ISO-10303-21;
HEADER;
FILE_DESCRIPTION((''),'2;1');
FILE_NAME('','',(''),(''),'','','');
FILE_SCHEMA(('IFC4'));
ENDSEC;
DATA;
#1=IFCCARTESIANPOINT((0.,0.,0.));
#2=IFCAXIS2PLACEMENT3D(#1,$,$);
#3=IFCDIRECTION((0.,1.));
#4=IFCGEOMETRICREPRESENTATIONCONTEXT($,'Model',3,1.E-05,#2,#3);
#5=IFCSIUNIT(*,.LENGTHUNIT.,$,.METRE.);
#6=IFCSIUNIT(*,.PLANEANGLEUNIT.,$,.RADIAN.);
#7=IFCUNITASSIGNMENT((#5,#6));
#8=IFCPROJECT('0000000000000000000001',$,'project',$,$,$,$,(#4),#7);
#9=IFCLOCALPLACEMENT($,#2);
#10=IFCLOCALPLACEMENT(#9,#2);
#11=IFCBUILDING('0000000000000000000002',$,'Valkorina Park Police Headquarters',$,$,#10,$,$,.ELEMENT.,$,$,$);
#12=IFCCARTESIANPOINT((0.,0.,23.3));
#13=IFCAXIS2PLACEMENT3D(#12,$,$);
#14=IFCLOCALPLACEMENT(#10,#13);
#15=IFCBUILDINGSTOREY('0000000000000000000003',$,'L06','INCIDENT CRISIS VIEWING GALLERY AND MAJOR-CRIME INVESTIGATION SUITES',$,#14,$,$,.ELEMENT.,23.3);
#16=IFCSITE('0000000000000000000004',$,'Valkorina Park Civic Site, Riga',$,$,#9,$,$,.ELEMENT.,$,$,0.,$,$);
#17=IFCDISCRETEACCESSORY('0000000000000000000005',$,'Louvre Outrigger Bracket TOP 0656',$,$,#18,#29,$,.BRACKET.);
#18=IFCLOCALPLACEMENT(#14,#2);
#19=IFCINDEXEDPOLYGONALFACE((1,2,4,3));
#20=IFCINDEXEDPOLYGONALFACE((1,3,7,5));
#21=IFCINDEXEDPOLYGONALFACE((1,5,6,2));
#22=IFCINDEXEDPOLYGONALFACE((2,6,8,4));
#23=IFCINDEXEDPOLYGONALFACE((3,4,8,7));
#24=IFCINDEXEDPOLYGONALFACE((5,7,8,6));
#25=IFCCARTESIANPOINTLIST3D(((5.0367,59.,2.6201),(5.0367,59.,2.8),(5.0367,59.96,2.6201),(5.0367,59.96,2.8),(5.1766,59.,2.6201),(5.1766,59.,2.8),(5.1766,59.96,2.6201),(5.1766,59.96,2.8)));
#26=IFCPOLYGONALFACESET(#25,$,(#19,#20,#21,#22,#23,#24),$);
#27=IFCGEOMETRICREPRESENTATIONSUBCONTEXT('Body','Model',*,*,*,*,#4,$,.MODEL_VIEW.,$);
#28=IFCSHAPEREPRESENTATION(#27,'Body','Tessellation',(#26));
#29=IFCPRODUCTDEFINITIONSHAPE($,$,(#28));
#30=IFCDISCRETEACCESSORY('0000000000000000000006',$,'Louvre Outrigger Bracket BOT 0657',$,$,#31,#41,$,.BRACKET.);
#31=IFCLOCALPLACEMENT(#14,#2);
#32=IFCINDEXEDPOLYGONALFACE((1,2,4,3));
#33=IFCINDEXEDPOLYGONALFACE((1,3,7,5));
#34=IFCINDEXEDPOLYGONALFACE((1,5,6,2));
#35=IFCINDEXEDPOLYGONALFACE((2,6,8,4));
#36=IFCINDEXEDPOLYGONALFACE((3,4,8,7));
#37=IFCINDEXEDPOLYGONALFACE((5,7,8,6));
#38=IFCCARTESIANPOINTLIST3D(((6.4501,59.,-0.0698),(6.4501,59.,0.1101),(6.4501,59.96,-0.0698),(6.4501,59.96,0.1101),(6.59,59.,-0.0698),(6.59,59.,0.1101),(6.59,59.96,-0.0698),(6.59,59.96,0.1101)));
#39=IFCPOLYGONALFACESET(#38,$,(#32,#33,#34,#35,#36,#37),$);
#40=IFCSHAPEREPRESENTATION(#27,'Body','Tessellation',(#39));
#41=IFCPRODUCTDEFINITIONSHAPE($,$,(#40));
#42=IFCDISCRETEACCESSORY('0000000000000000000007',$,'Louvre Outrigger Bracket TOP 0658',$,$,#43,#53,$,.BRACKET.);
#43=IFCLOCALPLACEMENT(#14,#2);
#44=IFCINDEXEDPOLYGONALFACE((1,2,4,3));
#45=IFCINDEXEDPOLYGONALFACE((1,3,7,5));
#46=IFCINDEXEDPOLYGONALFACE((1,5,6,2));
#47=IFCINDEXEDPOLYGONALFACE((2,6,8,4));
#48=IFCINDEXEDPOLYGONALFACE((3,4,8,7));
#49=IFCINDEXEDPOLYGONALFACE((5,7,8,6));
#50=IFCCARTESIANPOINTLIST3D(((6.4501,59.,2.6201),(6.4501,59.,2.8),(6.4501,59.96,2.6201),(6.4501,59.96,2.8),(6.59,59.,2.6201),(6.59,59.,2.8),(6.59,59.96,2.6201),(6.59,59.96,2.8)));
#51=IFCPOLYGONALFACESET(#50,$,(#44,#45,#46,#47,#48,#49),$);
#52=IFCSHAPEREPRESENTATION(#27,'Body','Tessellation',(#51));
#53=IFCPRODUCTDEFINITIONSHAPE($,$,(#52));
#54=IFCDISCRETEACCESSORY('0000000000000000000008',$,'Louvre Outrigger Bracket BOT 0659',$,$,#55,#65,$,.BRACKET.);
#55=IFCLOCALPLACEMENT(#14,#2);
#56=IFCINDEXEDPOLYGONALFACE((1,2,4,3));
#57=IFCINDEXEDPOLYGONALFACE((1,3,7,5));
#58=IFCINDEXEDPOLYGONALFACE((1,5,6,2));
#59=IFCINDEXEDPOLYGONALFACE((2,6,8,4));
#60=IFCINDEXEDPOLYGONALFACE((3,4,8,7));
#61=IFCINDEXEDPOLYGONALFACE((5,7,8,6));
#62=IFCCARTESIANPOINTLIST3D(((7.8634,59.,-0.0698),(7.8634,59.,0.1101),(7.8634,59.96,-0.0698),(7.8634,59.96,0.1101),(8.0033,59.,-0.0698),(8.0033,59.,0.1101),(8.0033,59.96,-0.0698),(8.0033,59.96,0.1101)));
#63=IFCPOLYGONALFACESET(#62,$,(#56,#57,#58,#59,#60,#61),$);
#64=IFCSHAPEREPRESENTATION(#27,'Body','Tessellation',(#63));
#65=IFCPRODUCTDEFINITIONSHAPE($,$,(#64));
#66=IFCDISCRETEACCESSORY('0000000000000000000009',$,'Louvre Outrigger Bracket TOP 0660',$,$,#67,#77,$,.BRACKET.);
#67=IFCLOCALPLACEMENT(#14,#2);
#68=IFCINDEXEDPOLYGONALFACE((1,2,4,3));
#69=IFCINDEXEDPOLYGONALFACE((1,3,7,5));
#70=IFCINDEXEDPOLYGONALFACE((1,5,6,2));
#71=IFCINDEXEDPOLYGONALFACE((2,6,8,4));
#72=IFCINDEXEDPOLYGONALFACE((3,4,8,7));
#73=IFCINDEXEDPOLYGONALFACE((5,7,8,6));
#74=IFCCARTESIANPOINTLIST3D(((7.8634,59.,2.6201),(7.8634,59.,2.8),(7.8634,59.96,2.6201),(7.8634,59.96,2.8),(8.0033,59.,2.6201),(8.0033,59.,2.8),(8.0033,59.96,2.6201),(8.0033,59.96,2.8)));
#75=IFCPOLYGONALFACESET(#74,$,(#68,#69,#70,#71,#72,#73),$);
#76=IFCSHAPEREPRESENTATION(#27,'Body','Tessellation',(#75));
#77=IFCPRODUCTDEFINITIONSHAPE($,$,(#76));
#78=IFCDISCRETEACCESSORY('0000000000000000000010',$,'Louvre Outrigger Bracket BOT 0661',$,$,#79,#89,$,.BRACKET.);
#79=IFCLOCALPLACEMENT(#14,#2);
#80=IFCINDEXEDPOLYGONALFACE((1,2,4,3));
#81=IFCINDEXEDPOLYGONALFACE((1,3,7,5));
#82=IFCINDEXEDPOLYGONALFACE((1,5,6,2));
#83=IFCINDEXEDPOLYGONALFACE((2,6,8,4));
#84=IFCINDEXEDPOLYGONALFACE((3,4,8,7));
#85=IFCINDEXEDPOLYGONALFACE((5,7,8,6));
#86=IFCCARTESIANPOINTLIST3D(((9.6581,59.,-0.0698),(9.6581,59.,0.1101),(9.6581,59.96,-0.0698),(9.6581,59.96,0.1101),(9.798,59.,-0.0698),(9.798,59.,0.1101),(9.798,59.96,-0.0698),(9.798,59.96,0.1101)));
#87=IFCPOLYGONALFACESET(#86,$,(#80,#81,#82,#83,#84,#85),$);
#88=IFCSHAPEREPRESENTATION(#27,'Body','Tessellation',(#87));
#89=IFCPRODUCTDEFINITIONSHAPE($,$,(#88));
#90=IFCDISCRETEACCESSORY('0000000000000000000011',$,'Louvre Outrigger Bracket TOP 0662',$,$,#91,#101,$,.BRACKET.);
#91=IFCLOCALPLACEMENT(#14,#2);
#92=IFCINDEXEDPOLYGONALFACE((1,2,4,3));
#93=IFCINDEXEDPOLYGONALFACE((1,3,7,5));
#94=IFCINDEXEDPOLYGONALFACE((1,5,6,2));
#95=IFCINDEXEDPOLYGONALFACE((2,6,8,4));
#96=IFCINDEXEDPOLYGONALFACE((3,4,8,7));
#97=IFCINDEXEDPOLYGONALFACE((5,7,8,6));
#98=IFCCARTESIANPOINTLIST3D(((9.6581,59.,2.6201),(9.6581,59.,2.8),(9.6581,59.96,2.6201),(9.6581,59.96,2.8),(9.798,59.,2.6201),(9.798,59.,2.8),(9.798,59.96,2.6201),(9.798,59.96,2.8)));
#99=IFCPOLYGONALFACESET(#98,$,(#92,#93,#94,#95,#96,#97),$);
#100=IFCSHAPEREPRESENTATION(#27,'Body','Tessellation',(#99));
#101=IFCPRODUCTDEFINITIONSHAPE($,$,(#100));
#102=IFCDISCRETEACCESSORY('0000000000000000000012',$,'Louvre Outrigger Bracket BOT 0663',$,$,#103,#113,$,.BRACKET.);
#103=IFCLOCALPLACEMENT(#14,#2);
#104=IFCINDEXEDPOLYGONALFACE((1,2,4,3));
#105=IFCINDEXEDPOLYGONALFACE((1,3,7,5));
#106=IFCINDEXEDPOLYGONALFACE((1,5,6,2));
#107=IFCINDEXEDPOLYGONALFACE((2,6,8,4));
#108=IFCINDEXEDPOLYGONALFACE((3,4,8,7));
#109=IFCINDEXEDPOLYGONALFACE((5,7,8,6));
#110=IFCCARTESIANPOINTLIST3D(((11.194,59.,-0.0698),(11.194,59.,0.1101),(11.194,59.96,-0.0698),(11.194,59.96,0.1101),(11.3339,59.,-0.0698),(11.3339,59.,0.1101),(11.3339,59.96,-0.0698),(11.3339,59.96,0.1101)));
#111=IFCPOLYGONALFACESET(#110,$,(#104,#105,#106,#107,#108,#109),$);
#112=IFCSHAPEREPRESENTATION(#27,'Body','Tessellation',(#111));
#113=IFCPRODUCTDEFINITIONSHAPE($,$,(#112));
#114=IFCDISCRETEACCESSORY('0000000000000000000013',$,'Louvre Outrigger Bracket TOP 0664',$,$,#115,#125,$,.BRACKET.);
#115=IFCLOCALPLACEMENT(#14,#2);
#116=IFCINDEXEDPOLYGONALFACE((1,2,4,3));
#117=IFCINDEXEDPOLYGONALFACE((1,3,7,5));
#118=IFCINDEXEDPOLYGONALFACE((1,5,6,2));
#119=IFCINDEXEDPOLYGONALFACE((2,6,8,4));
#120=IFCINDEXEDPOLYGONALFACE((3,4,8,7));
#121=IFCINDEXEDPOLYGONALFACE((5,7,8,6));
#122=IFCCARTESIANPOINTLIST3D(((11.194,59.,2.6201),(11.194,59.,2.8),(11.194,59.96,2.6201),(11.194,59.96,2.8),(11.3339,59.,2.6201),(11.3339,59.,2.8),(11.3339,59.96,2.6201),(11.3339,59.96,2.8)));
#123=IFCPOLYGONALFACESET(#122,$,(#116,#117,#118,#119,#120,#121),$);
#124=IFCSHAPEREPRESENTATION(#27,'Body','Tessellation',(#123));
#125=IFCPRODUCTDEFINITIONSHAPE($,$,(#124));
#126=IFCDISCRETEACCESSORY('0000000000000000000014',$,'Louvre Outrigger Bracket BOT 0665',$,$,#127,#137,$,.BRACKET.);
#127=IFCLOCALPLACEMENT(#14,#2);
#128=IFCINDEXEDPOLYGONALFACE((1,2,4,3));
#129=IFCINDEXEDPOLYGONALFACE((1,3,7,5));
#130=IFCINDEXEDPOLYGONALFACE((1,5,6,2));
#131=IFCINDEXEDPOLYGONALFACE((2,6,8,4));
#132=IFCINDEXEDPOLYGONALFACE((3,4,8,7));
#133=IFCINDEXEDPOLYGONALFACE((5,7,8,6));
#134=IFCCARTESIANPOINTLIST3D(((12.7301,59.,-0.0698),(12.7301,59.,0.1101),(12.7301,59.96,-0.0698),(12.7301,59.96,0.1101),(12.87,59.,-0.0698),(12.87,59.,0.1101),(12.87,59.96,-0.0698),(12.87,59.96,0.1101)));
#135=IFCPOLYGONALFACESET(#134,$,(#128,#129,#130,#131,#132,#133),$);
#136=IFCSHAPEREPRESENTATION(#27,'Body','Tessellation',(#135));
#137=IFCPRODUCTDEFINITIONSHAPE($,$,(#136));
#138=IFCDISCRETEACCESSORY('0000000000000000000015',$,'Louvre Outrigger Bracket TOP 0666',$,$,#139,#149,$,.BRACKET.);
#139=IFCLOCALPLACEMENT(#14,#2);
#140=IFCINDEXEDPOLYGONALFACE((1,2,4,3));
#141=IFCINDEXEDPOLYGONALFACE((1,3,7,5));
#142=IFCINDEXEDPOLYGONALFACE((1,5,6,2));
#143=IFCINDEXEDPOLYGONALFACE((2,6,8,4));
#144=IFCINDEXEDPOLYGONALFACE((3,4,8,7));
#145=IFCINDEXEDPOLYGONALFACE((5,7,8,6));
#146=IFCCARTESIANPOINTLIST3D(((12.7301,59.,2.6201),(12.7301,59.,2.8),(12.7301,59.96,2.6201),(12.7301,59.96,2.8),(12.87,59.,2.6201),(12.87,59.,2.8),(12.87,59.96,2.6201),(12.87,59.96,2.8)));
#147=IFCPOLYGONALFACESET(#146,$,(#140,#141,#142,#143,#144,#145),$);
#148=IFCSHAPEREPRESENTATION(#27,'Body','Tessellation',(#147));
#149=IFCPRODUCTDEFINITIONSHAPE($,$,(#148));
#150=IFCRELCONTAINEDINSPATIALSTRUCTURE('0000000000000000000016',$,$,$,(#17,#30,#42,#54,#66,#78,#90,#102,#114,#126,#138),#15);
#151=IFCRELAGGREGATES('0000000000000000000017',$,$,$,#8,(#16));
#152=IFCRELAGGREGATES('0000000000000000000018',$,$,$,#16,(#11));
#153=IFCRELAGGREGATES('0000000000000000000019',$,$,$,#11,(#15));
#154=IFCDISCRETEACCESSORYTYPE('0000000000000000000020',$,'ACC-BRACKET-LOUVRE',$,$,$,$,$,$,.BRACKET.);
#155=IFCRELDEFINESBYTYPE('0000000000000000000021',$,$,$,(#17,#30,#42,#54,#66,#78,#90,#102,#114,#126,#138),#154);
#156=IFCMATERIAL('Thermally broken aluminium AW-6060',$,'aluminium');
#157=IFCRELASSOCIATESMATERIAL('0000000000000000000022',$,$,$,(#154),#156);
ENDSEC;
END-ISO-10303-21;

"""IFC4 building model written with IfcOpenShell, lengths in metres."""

from ifc_helpers import new_model, si_unit, direction, frame, origin, origin_2d, place, context, subcontext, project, spatial, rectangle, extrude, material, type_object, element, save


model = new_model("IFC4")

# Units and contexts
model_context = context("Model", 3, precision=1e-05, world=origin(), true_north=direction((0.0, 1.0)))
body_context = subcontext(model_context, "Body", "Model", "MODEL_VIEW")
ifc_project = project(units=[si_unit("LENGTHUNIT", "METRE"), si_unit("PLANEANGLEUNIT", "RADIAN")], contexts=[model_context])

# Site, building, storey
site_placement = place(None, origin())
site = spatial("IfcSite", under=ifc_project, at=site_placement, Name="Valkorina Park Civic Site, Riga", CompositionType="ELEMENT", RefElevation=0.0)
building_placement = place(site_placement, origin())
building = spatial("IfcBuilding", under=site, at=building_placement, Name="Valkorina Park Police Headquarters", CompositionType="ELEMENT")
storey_placement = place(building_placement, frame((0.0, 0.0, 23.3)))
storey = spatial("IfcBuildingStorey", under=building, at=storey_placement, Name="L06", Description="INCIDENT CRISIS VIEWING GALLERY AND MAJOR-CRIME INVESTIGATION SUITES", CompositionType="ELEMENT", Elevation=23.3)

# Shared definitions
ifc_material_1 = material(Name="Thermally broken aluminium AW-6060", Category="aluminium")

# Discrete accessories
discrete_accessory_type = type_object("IfcDiscreteAccessoryType", Name="ACC-BRACKET-LOUVRE", PredefinedType="BRACKET", material=ifc_material_1)
for number, where, z_axis, x_axis, name in (
    (1, (5.1067, 59.48, 2.6201), (0.0, 0.0, 1.0), (0.0, 1.0, 0.0), "Louvre Outrigger Bracket TOP 0656"),
    (2, (6.52, 59.48, -0.0698), (0.0, 0.0, 1.0), (0.0, 1.0, 0.0), "Louvre Outrigger Bracket BOT 0657"),
    (3, (6.52, 59.48, 2.6201), (0.0, 0.0, 1.0), (0.0, 1.0, 0.0), "Louvre Outrigger Bracket TOP 0658"),
    (4, (7.9333, 59.48, -0.0698), (0.0, 0.0, 1.0), (0.0, 1.0, 0.0), "Louvre Outrigger Bracket BOT 0659"),
    (5, (7.9333, 59.48, 2.6201), (0.0, 0.0, 1.0), (0.0, 1.0, 0.0), "Louvre Outrigger Bracket TOP 0660"),
    (6, (9.728, 59.48, -0.0698), (0.0, 0.0, 1.0), (0.0, 1.0, 0.0), "Louvre Outrigger Bracket BOT 0661"),
    (7, (9.728, 59.48, 2.6201), (0.0, 0.0, 1.0), (0.0, 1.0, 0.0), "Louvre Outrigger Bracket TOP 0662"),
    (8, (11.2639, 59.48, -0.0698), (0.0, 0.0, 1.0), (0.0, 1.0, 0.0), "Louvre Outrigger Bracket BOT 0663"),
    (9, (11.2639, 59.48, 2.6201), (0.0, 0.0, 1.0), (0.0, 1.0, 0.0), "Louvre Outrigger Bracket TOP 0664"),
    (10, (12.8, 59.48, -0.0698), (0.0, 0.0, 1.0), (0.0, 1.0, 0.0), "Louvre Outrigger Bracket BOT 0665"),
    (11, (12.8, 59.48, 2.6201), (0.0, 0.0, 1.0), (0.0, 1.0, 0.0), "Louvre Outrigger Bracket TOP 0666"),
):
    element("IfcDiscreteAccessory", number, at=place(storey_placement, frame(where, z_axis=z_axis, x_axis=x_axis)), inside=storey, type_object=discrete_accessory_type, Name=name, PredefinedType="BRACKET", context=body_context, shape_type="SweptSolid", body=[
        extrude(rectangle(XDim=0.96, YDim=0.1399, at=origin_2d()), origin(), (0.0, 0.0, 1.0), 0.1799),
    ])

save(model, "model.ifc")
